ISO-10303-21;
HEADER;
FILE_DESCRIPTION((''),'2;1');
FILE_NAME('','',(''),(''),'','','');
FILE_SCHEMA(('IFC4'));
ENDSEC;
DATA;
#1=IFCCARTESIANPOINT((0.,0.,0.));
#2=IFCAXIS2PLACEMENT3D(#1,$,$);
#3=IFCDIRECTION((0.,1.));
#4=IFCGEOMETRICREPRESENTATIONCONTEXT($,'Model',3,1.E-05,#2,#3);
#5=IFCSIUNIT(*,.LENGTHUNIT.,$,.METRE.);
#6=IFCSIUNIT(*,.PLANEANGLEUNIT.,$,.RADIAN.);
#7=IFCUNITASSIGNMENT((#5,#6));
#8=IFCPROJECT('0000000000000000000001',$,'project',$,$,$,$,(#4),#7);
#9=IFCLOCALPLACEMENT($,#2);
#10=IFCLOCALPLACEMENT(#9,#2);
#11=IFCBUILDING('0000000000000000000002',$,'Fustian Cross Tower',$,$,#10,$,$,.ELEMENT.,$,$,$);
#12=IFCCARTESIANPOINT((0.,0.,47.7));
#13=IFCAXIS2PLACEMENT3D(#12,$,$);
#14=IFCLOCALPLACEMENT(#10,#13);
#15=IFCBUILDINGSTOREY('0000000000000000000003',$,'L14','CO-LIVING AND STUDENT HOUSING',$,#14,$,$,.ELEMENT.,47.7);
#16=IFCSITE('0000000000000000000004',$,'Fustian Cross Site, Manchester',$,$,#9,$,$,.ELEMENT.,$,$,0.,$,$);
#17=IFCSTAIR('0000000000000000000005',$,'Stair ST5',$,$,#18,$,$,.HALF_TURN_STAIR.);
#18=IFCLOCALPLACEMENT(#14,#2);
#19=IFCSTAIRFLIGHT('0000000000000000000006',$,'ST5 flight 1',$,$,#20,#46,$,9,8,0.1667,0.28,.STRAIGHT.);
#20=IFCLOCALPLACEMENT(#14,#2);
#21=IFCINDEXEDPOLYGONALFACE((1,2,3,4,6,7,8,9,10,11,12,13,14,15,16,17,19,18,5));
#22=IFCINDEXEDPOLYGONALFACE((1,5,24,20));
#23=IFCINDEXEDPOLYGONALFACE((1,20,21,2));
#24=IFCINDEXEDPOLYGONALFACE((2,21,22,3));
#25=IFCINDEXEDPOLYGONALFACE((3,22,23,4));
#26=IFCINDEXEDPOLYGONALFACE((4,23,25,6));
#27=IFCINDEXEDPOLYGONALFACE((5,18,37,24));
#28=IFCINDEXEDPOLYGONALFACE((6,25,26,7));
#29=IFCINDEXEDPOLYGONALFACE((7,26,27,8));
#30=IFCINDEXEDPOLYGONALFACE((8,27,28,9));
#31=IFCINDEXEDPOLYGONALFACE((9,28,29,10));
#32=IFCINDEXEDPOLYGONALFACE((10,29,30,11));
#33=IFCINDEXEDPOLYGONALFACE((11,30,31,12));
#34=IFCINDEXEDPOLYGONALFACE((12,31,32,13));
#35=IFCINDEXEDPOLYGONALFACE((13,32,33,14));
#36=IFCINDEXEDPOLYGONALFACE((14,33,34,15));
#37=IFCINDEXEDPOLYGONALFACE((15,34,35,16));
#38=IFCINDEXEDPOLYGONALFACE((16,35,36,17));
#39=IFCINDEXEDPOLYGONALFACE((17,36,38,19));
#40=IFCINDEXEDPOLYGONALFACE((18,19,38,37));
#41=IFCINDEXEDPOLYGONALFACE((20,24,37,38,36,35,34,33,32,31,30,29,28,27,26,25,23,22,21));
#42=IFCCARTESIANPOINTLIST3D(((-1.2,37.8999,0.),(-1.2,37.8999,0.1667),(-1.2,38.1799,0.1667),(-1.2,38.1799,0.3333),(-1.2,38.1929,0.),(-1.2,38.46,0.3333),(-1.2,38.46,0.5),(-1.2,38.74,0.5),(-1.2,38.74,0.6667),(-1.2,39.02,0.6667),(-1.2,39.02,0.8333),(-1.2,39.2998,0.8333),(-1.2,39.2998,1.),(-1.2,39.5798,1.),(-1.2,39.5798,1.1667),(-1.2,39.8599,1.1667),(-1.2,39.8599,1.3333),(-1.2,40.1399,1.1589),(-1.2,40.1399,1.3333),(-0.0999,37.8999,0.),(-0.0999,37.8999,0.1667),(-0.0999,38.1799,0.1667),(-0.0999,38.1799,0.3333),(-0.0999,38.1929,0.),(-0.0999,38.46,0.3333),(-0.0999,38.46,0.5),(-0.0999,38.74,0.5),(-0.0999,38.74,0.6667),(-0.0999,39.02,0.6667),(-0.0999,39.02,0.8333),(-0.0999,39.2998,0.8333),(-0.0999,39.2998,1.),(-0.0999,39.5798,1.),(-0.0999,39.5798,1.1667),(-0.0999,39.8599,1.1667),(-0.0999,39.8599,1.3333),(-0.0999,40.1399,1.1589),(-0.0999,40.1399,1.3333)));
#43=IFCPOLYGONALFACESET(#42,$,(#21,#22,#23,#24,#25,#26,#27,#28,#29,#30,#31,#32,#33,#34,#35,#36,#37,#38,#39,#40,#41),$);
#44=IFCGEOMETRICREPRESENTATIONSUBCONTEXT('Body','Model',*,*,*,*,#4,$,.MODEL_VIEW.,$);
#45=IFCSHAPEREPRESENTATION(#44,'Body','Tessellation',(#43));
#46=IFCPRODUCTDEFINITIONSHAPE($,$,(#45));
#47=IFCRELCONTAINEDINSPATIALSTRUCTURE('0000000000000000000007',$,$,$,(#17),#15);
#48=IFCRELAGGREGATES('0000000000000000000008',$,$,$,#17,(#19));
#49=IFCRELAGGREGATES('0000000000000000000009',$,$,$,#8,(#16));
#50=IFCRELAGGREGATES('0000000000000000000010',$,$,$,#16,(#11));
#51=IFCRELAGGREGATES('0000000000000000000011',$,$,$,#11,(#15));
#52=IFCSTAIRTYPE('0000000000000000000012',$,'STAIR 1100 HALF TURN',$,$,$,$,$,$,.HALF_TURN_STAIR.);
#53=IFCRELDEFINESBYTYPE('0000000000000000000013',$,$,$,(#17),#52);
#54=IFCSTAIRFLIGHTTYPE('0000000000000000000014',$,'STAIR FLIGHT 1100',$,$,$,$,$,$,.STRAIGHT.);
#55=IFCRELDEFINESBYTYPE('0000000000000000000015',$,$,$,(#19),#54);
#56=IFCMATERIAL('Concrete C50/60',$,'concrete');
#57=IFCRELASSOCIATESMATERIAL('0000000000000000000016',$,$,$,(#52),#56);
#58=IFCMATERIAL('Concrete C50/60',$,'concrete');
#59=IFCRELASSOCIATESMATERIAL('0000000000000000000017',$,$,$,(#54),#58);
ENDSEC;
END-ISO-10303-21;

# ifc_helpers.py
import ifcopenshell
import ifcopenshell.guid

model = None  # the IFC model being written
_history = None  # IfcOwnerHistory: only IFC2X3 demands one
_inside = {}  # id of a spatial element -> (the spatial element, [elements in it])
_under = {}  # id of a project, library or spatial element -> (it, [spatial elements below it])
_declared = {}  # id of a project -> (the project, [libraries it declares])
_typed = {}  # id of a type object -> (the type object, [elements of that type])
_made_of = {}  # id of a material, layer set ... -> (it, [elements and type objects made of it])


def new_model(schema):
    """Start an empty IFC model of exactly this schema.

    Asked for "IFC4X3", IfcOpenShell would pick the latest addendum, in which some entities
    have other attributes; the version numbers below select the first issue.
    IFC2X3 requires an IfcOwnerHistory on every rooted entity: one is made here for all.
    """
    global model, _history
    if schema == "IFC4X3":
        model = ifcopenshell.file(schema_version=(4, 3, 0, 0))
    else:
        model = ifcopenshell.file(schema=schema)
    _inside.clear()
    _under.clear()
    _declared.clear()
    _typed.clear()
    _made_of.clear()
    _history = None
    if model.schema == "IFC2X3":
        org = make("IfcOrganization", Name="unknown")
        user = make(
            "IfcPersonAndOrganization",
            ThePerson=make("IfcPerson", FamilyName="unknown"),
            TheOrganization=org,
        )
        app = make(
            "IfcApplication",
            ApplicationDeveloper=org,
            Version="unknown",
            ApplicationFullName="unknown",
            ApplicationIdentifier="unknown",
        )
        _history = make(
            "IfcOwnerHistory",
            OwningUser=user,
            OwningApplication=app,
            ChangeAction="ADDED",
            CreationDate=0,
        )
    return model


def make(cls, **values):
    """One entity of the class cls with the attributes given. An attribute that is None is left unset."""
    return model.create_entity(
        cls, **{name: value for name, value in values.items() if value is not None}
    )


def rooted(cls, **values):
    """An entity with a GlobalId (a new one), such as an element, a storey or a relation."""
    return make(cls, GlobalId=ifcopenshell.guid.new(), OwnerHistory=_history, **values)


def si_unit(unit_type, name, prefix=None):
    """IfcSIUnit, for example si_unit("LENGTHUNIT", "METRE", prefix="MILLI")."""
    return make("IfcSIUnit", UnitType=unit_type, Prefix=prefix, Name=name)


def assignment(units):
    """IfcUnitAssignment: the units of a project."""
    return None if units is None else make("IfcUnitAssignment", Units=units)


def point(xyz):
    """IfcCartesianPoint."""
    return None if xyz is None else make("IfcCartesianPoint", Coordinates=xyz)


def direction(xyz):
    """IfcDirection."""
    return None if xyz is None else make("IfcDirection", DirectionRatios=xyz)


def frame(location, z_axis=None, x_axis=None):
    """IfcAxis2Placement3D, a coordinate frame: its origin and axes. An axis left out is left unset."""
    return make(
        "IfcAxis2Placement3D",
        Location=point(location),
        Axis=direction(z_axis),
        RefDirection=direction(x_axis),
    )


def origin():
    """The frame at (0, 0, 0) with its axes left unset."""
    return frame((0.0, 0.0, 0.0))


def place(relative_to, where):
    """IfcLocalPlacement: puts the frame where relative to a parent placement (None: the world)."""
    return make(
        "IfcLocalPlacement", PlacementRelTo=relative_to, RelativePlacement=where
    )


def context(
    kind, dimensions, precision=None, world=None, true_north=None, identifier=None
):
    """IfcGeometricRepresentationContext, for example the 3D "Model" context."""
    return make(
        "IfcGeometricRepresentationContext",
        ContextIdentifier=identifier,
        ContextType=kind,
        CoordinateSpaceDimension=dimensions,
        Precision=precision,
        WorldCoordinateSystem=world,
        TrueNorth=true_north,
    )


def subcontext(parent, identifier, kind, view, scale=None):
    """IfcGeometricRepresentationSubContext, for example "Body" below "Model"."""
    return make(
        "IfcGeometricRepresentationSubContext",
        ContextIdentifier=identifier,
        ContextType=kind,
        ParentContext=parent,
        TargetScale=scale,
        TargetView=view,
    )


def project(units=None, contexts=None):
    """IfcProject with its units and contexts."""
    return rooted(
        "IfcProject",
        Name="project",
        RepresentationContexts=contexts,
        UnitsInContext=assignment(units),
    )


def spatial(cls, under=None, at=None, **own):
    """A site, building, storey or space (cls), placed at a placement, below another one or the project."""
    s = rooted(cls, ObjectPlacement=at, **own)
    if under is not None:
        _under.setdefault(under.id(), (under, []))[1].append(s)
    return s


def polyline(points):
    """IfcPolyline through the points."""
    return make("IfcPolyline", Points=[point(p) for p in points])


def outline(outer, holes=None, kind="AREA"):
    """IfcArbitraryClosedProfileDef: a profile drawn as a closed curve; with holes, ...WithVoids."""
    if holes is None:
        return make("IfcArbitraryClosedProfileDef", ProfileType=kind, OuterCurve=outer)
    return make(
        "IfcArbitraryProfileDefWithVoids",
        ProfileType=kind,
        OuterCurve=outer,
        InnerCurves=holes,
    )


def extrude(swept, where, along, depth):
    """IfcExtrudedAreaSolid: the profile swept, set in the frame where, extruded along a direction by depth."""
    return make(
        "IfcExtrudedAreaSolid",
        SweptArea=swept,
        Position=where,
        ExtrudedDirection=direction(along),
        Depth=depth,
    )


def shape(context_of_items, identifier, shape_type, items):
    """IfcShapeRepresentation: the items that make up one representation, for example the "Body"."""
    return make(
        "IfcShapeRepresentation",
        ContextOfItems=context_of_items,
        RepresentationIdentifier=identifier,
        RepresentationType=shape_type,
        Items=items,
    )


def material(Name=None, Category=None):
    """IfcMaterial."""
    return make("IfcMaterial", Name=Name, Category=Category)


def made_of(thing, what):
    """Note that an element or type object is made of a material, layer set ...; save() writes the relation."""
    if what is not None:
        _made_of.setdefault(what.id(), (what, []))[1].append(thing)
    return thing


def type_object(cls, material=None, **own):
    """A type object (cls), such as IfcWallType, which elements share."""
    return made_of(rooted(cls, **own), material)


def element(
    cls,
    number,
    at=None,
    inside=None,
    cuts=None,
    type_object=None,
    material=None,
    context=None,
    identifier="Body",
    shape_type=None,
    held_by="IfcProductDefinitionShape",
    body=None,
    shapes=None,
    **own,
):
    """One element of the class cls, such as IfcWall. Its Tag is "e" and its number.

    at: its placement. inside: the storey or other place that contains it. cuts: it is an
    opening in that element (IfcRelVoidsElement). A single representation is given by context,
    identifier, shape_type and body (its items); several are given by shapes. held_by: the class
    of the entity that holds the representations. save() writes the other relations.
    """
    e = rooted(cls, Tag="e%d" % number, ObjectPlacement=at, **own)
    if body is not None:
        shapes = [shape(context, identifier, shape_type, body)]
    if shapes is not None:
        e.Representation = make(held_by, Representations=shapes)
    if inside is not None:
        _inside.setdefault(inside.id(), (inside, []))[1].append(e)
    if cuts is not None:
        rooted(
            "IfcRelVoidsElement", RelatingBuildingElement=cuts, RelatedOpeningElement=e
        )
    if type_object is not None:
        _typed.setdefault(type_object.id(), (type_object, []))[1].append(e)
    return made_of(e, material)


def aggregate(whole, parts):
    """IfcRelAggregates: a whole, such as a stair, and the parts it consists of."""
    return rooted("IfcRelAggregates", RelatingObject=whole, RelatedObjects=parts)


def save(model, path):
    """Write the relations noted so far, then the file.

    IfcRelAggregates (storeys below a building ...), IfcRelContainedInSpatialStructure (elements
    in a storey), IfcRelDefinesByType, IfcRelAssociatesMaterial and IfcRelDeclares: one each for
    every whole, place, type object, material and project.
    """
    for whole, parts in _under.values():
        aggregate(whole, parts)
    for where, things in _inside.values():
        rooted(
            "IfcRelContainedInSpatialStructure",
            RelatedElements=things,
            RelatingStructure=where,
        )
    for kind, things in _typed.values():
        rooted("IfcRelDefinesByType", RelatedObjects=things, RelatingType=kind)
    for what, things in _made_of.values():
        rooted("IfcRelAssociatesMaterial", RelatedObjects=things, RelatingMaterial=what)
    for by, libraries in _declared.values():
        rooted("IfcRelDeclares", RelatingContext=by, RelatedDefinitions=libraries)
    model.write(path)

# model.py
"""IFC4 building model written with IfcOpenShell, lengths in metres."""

from ifc_helpers import new_model, si_unit, direction, frame, origin, place, context, subcontext, project, spatial, polyline, outline, extrude, material, type_object, element, aggregate, save


model = new_model("IFC4")

# Units and contexts
model_context = context("Model", 3, precision=1e-05, world=origin(), true_north=direction((0.0, 1.0)))
body_context = subcontext(model_context, "Body", "Model", "MODEL_VIEW")
ifc_project = project(units=[si_unit("LENGTHUNIT", "METRE"), si_unit("PLANEANGLEUNIT", "RADIAN")], contexts=[model_context])

# Site, building, storey
site_placement = place(None, origin())
site = spatial("IfcSite", under=ifc_project, at=site_placement, Name="Fustian Cross Site, Manchester", CompositionType="ELEMENT", RefElevation=0.0)
building_placement = place(site_placement, origin())
building = spatial("IfcBuilding", under=site, at=building_placement, Name="Fustian Cross Tower", CompositionType="ELEMENT")
storey_placement = place(building_placement, frame((0.0, 0.0, 47.7)))
storey = spatial("IfcBuildingStorey", under=building, at=storey_placement, Name="L14", Description="CO-LIVING AND STUDENT HOUSING", CompositionType="ELEMENT", Elevation=47.7)

# Stair, stair flight
ifc_material_1 = material(Name="Concrete C50/60", Category="concrete")
stair_type = type_object("IfcStairType", Name="STAIR 1100 HALF TURN", PredefinedType="HALF_TURN_STAIR", material=ifc_material_1)
stair_placement = place(storey_placement, origin())
stair = element("IfcStair", 1, at=stair_placement, inside=storey, type_object=stair_type, Name="Stair ST5", PredefinedType="HALF_TURN_STAIR")
ifc_material_2 = material(Name="Concrete C50/60", Category="concrete")
stair_flight_type = type_object("IfcStairFlightType", Name="STAIR FLIGHT 1100", PredefinedType="STRAIGHT", material=ifc_material_2)
stair_flight_placement = place(storey_placement, frame((-0.6499, 37.8999, 0.0), z_axis=(0.0, 0.0, 1.0), x_axis=(0.0, 1.0, 0.0)))
stair_flight = element("IfcStairFlight", 2, at=stair_flight_placement, type_object=stair_flight_type, Name="ST5 flight 1", NumberOfRisers=9, NumberOfTreads=8, PredefinedType="STRAIGHT", RiserHeight=0.1667, TreadLength=0.28, context=body_context, shape_type="SweptSolid", body=[
    extrude(outline(polyline([(0.0, 0.0), (0.0, 0.1667), (0.28, 0.1667), (0.28, 0.3333), (0.5601, 0.3333), (0.5601, 0.5), (0.8401, 0.5), (0.8401, 0.6667), (1.1201, 0.6667), (1.1201, 0.8333), (1.3999, 0.8333), (1.3999, 1.0), (1.6799, 1.0), (1.6799, 1.1667), (1.96, 1.1667), (1.96, 1.3333), (2.24, 1.3333), (2.24, 1.5), (2.24, 1.1589), (0.293, 0.0), (0.0, 0.0)])), frame((0.0, 0.55, 0.0), z_axis=(0.0, -1.0, 0.0), x_axis=(1.0, 0.0, 0.0)), (0.0, 0.0, 1.0), 1.1001),
])
aggregate(stair, [stair_flight])

save(model, "model.ifc")
